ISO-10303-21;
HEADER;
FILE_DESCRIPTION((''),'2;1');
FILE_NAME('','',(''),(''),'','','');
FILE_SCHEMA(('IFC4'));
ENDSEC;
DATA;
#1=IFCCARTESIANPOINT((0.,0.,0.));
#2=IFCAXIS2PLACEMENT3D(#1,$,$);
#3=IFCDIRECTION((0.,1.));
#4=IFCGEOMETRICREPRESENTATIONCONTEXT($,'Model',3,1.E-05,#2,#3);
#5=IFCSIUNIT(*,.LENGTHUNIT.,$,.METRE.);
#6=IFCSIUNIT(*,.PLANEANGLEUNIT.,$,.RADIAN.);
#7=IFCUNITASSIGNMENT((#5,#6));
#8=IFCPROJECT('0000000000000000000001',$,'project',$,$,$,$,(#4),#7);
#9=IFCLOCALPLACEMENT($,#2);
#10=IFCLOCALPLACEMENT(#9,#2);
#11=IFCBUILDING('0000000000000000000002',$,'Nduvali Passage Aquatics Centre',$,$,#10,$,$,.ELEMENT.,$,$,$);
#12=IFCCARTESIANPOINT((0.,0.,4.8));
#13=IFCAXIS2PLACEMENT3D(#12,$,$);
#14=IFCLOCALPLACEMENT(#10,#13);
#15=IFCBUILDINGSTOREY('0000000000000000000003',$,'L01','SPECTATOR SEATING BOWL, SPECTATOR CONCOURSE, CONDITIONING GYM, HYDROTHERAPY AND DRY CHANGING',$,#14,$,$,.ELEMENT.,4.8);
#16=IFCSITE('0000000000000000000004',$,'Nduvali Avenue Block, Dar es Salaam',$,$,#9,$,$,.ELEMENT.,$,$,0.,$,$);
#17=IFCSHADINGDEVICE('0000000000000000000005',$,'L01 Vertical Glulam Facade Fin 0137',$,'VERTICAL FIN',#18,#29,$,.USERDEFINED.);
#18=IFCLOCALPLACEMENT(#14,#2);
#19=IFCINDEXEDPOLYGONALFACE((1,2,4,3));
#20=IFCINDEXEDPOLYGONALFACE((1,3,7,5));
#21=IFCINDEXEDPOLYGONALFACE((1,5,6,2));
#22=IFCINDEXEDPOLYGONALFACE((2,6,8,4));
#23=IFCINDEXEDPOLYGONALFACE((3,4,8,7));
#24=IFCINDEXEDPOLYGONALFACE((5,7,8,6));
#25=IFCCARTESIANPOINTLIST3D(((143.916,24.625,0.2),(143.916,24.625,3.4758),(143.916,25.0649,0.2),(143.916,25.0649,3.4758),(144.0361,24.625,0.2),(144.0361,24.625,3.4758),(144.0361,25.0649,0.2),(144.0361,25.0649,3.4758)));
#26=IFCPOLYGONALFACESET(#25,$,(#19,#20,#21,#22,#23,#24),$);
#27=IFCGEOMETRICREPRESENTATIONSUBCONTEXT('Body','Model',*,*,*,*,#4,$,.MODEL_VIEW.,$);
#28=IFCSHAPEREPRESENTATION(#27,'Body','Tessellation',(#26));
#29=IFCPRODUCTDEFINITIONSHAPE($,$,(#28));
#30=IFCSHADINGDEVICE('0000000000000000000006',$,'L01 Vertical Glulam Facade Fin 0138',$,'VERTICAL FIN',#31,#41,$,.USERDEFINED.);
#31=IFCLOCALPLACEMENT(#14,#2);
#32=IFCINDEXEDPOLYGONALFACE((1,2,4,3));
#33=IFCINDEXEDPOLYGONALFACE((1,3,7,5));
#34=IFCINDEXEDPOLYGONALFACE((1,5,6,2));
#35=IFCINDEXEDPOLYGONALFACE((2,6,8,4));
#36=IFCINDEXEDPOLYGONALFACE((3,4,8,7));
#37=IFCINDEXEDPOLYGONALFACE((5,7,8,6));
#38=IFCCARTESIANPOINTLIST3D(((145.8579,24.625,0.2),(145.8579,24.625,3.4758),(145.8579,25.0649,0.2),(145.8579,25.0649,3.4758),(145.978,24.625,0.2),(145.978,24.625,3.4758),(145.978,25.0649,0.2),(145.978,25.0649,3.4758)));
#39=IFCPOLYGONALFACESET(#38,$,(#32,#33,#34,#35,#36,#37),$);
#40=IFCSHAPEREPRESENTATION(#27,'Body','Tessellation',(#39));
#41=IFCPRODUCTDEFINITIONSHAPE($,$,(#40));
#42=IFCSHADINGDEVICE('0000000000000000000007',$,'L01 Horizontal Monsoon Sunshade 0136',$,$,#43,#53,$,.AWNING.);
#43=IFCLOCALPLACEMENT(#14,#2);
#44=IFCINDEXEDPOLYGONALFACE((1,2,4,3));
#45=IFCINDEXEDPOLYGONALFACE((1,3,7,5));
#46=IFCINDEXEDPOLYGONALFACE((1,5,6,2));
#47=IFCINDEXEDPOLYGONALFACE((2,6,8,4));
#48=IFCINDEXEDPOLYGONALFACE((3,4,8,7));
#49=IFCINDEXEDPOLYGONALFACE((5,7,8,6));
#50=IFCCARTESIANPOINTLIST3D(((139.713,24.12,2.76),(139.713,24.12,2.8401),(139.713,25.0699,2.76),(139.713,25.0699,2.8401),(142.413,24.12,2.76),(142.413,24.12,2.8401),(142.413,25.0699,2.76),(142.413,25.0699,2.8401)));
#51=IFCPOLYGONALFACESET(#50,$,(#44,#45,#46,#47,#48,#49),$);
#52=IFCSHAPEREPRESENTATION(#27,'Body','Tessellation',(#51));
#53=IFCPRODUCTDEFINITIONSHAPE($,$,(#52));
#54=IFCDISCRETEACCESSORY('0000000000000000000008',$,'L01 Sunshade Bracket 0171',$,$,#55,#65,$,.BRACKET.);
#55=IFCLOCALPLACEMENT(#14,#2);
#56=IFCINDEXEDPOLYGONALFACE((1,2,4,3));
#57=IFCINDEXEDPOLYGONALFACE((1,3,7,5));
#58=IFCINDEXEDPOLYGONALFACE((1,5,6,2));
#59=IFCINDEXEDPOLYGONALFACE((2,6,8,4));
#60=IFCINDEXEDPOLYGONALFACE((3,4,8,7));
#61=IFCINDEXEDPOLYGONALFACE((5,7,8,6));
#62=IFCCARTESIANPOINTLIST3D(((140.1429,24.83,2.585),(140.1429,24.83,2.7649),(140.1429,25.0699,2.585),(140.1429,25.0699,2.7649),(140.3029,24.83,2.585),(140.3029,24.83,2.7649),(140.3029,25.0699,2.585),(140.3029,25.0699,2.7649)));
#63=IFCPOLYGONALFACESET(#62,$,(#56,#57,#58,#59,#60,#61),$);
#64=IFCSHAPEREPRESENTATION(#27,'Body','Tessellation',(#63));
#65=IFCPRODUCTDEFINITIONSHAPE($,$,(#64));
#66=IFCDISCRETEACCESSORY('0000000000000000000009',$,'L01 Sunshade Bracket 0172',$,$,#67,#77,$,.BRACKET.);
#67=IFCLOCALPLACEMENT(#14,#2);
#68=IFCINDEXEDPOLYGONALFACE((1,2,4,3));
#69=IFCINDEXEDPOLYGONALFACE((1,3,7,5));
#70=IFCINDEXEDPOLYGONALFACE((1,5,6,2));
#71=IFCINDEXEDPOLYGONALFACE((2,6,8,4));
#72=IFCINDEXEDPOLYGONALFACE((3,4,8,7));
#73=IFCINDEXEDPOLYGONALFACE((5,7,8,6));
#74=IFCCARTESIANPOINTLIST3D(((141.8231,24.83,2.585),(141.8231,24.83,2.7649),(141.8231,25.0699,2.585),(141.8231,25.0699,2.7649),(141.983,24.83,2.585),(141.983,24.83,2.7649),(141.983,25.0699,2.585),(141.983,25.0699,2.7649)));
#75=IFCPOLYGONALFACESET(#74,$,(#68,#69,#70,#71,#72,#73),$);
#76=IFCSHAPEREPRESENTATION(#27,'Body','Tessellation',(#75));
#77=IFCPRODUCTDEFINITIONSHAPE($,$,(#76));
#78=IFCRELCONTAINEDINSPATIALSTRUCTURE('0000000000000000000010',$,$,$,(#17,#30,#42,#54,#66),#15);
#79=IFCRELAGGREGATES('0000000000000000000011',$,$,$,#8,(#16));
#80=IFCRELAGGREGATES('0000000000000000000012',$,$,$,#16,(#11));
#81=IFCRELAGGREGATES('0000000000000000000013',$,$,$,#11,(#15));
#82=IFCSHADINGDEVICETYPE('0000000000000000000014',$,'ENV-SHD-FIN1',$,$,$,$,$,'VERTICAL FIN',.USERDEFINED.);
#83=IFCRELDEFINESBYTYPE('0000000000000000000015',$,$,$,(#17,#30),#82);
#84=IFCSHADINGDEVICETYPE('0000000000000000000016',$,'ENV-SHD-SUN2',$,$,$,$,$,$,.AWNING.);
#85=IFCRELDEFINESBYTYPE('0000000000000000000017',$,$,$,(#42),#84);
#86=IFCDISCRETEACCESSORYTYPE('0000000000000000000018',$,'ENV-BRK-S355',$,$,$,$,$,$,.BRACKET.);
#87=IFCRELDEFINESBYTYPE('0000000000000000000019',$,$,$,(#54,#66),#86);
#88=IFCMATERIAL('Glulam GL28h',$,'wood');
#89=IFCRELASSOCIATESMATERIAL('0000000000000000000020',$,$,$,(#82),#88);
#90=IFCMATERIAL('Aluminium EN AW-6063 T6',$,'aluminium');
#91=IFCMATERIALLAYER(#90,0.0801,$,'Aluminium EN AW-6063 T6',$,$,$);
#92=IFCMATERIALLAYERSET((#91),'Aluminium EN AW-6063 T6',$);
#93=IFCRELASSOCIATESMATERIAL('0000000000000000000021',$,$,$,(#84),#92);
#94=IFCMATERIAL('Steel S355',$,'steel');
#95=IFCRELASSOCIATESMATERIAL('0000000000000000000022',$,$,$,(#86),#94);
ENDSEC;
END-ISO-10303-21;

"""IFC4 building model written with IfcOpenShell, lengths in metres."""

from ifc_helpers import new_model, si_unit, direction, frame, origin, origin_2d, place, context, subcontext, project, spatial, rectangle, extrude, material, layer, layer_set, type_object, element, save


model = new_model("IFC4")

# Units and contexts
model_context = context("Model", 3, precision=1e-05, world=origin(), true_north=direction((0.0, 1.0)))
body_context = subcontext(model_context, "Body", "Model", "MODEL_VIEW")
ifc_project = project(units=[si_unit("LENGTHUNIT", "METRE"), si_unit("PLANEANGLEUNIT", "RADIAN")], contexts=[model_context])

# Site, building, storey
site_placement = place(None, origin())
site = spatial("IfcSite", under=ifc_project, at=site_placement, Name="Nduvali Avenue Block, Dar es Salaam", CompositionType="ELEMENT", RefElevation=0.0)
building_placement = place(site_placement, origin())
building = spatial("IfcBuilding", under=site, at=building_placement, Name="Nduvali Passage Aquatics Centre", CompositionType="ELEMENT")
storey_placement = place(building_placement, frame((0.0, 0.0, 4.8)))
storey = spatial("IfcBuildingStorey", under=building, at=storey_placement, Name="L01", Description="SPECTATOR SEATING BOWL, SPECTATOR CONCOURSE, CONDITIONING GYM, HYDROTHERAPY AND DRY CHANGING", CompositionType="ELEMENT", Elevation=4.8)

# Shared definitions
ifc_material_1 = material(Name="Steel S355", Category="steel")

# Shading devices
ifc_material_2 = material(Name="Glulam GL28h", Category="wood")
shading_device_type_1 = type_object("IfcShadingDeviceType", Name="ENV-SHD-FIN1", ElementType="VERTICAL FIN", PredefinedType="USERDEFINED", material=ifc_material_2)
for number, where, z_axis, x_axis, name in (
    (1, (143.9761, 24.845, 0.2), (0.0, 0.0, 1.0), (1.0, 0.0, 0.0), "L01 Vertical Glulam Facade Fin 0137"),
    (2, (145.918, 24.845, 0.2), (0.0, 0.0, 1.0), (1.0, 0.0, 0.0), "L01 Vertical Glulam Facade Fin 0138"),
):
    element("IfcShadingDevice", number, at=place(storey_placement, frame(where, z_axis=z_axis, x_axis=x_axis)), inside=storey, type_object=shading_device_type_1, Name=name, ObjectType="VERTICAL FIN", PredefinedType="USERDEFINED", context=body_context, shape_type="SweptSolid", body=[
        extrude(rectangle(XDim=0.1201, YDim=0.4399, at=origin_2d()), origin(), (0.0, 0.0, 1.0), 3.2759),
    ])
ifc_material_3 = material(Name="Aluminium EN AW-6063 T6", Category="aluminium")
ifc_layer_1 = layer(ifc_material_3, 0.0801, Name="Aluminium EN AW-6063 T6")
ifc_layer_set_1 = layer_set([ifc_layer_1], Name="Aluminium EN AW-6063 T6")
shading_device_type_2 = type_object("IfcShadingDeviceType", Name="ENV-SHD-SUN2", PredefinedType="AWNING", material=ifc_layer_set_1)
shading_device_placement = place(storey_placement, frame((141.063, 24.595, 2.76), z_axis=(0.0, 0.0, 1.0), x_axis=(1.0, 0.0, 0.0)))
element("IfcShadingDevice", 3, at=shading_device_placement, inside=storey, type_object=shading_device_type_2, Name="L01 Horizontal Monsoon Sunshade 0136", PredefinedType="AWNING", context=body_context, shape_type="SweptSolid", body=[
    extrude(rectangle(XDim=2.7, YDim=0.95, at=origin_2d()), origin(), (0.0, 0.0, 1.0), 0.0801),
])

# Discrete accessories
discrete_accessory_type = type_object("IfcDiscreteAccessoryType", Name="ENV-BRK-S355", PredefinedType="BRACKET", material=ifc_material_1)
for number, where, z_axis, x_axis, name in (
    (4, (140.2229, 24.95, 2.585), (0.0, 0.0, 1.0), (1.0, 0.0, 0.0), "L01 Sunshade Bracket 0171"),
    (5, (141.9031, 24.95, 2.585), (0.0, 0.0, 1.0), (1.0, 0.0, 0.0), "L01 Sunshade Bracket 0172"),
):
    element("IfcDiscreteAccessory", number, at=place(storey_placement, frame(where, z_axis=z_axis, x_axis=x_axis)), inside=storey, type_object=discrete_accessory_type, Name=name, PredefinedType="BRACKET", context=body_context, shape_type="SweptSolid", body=[
        extrude(rectangle(XDim=0.1599, YDim=0.24, at=origin_2d()), origin(), (0.0, 0.0, 1.0), 0.1799),
    ])

save(model, "model.ifc")
